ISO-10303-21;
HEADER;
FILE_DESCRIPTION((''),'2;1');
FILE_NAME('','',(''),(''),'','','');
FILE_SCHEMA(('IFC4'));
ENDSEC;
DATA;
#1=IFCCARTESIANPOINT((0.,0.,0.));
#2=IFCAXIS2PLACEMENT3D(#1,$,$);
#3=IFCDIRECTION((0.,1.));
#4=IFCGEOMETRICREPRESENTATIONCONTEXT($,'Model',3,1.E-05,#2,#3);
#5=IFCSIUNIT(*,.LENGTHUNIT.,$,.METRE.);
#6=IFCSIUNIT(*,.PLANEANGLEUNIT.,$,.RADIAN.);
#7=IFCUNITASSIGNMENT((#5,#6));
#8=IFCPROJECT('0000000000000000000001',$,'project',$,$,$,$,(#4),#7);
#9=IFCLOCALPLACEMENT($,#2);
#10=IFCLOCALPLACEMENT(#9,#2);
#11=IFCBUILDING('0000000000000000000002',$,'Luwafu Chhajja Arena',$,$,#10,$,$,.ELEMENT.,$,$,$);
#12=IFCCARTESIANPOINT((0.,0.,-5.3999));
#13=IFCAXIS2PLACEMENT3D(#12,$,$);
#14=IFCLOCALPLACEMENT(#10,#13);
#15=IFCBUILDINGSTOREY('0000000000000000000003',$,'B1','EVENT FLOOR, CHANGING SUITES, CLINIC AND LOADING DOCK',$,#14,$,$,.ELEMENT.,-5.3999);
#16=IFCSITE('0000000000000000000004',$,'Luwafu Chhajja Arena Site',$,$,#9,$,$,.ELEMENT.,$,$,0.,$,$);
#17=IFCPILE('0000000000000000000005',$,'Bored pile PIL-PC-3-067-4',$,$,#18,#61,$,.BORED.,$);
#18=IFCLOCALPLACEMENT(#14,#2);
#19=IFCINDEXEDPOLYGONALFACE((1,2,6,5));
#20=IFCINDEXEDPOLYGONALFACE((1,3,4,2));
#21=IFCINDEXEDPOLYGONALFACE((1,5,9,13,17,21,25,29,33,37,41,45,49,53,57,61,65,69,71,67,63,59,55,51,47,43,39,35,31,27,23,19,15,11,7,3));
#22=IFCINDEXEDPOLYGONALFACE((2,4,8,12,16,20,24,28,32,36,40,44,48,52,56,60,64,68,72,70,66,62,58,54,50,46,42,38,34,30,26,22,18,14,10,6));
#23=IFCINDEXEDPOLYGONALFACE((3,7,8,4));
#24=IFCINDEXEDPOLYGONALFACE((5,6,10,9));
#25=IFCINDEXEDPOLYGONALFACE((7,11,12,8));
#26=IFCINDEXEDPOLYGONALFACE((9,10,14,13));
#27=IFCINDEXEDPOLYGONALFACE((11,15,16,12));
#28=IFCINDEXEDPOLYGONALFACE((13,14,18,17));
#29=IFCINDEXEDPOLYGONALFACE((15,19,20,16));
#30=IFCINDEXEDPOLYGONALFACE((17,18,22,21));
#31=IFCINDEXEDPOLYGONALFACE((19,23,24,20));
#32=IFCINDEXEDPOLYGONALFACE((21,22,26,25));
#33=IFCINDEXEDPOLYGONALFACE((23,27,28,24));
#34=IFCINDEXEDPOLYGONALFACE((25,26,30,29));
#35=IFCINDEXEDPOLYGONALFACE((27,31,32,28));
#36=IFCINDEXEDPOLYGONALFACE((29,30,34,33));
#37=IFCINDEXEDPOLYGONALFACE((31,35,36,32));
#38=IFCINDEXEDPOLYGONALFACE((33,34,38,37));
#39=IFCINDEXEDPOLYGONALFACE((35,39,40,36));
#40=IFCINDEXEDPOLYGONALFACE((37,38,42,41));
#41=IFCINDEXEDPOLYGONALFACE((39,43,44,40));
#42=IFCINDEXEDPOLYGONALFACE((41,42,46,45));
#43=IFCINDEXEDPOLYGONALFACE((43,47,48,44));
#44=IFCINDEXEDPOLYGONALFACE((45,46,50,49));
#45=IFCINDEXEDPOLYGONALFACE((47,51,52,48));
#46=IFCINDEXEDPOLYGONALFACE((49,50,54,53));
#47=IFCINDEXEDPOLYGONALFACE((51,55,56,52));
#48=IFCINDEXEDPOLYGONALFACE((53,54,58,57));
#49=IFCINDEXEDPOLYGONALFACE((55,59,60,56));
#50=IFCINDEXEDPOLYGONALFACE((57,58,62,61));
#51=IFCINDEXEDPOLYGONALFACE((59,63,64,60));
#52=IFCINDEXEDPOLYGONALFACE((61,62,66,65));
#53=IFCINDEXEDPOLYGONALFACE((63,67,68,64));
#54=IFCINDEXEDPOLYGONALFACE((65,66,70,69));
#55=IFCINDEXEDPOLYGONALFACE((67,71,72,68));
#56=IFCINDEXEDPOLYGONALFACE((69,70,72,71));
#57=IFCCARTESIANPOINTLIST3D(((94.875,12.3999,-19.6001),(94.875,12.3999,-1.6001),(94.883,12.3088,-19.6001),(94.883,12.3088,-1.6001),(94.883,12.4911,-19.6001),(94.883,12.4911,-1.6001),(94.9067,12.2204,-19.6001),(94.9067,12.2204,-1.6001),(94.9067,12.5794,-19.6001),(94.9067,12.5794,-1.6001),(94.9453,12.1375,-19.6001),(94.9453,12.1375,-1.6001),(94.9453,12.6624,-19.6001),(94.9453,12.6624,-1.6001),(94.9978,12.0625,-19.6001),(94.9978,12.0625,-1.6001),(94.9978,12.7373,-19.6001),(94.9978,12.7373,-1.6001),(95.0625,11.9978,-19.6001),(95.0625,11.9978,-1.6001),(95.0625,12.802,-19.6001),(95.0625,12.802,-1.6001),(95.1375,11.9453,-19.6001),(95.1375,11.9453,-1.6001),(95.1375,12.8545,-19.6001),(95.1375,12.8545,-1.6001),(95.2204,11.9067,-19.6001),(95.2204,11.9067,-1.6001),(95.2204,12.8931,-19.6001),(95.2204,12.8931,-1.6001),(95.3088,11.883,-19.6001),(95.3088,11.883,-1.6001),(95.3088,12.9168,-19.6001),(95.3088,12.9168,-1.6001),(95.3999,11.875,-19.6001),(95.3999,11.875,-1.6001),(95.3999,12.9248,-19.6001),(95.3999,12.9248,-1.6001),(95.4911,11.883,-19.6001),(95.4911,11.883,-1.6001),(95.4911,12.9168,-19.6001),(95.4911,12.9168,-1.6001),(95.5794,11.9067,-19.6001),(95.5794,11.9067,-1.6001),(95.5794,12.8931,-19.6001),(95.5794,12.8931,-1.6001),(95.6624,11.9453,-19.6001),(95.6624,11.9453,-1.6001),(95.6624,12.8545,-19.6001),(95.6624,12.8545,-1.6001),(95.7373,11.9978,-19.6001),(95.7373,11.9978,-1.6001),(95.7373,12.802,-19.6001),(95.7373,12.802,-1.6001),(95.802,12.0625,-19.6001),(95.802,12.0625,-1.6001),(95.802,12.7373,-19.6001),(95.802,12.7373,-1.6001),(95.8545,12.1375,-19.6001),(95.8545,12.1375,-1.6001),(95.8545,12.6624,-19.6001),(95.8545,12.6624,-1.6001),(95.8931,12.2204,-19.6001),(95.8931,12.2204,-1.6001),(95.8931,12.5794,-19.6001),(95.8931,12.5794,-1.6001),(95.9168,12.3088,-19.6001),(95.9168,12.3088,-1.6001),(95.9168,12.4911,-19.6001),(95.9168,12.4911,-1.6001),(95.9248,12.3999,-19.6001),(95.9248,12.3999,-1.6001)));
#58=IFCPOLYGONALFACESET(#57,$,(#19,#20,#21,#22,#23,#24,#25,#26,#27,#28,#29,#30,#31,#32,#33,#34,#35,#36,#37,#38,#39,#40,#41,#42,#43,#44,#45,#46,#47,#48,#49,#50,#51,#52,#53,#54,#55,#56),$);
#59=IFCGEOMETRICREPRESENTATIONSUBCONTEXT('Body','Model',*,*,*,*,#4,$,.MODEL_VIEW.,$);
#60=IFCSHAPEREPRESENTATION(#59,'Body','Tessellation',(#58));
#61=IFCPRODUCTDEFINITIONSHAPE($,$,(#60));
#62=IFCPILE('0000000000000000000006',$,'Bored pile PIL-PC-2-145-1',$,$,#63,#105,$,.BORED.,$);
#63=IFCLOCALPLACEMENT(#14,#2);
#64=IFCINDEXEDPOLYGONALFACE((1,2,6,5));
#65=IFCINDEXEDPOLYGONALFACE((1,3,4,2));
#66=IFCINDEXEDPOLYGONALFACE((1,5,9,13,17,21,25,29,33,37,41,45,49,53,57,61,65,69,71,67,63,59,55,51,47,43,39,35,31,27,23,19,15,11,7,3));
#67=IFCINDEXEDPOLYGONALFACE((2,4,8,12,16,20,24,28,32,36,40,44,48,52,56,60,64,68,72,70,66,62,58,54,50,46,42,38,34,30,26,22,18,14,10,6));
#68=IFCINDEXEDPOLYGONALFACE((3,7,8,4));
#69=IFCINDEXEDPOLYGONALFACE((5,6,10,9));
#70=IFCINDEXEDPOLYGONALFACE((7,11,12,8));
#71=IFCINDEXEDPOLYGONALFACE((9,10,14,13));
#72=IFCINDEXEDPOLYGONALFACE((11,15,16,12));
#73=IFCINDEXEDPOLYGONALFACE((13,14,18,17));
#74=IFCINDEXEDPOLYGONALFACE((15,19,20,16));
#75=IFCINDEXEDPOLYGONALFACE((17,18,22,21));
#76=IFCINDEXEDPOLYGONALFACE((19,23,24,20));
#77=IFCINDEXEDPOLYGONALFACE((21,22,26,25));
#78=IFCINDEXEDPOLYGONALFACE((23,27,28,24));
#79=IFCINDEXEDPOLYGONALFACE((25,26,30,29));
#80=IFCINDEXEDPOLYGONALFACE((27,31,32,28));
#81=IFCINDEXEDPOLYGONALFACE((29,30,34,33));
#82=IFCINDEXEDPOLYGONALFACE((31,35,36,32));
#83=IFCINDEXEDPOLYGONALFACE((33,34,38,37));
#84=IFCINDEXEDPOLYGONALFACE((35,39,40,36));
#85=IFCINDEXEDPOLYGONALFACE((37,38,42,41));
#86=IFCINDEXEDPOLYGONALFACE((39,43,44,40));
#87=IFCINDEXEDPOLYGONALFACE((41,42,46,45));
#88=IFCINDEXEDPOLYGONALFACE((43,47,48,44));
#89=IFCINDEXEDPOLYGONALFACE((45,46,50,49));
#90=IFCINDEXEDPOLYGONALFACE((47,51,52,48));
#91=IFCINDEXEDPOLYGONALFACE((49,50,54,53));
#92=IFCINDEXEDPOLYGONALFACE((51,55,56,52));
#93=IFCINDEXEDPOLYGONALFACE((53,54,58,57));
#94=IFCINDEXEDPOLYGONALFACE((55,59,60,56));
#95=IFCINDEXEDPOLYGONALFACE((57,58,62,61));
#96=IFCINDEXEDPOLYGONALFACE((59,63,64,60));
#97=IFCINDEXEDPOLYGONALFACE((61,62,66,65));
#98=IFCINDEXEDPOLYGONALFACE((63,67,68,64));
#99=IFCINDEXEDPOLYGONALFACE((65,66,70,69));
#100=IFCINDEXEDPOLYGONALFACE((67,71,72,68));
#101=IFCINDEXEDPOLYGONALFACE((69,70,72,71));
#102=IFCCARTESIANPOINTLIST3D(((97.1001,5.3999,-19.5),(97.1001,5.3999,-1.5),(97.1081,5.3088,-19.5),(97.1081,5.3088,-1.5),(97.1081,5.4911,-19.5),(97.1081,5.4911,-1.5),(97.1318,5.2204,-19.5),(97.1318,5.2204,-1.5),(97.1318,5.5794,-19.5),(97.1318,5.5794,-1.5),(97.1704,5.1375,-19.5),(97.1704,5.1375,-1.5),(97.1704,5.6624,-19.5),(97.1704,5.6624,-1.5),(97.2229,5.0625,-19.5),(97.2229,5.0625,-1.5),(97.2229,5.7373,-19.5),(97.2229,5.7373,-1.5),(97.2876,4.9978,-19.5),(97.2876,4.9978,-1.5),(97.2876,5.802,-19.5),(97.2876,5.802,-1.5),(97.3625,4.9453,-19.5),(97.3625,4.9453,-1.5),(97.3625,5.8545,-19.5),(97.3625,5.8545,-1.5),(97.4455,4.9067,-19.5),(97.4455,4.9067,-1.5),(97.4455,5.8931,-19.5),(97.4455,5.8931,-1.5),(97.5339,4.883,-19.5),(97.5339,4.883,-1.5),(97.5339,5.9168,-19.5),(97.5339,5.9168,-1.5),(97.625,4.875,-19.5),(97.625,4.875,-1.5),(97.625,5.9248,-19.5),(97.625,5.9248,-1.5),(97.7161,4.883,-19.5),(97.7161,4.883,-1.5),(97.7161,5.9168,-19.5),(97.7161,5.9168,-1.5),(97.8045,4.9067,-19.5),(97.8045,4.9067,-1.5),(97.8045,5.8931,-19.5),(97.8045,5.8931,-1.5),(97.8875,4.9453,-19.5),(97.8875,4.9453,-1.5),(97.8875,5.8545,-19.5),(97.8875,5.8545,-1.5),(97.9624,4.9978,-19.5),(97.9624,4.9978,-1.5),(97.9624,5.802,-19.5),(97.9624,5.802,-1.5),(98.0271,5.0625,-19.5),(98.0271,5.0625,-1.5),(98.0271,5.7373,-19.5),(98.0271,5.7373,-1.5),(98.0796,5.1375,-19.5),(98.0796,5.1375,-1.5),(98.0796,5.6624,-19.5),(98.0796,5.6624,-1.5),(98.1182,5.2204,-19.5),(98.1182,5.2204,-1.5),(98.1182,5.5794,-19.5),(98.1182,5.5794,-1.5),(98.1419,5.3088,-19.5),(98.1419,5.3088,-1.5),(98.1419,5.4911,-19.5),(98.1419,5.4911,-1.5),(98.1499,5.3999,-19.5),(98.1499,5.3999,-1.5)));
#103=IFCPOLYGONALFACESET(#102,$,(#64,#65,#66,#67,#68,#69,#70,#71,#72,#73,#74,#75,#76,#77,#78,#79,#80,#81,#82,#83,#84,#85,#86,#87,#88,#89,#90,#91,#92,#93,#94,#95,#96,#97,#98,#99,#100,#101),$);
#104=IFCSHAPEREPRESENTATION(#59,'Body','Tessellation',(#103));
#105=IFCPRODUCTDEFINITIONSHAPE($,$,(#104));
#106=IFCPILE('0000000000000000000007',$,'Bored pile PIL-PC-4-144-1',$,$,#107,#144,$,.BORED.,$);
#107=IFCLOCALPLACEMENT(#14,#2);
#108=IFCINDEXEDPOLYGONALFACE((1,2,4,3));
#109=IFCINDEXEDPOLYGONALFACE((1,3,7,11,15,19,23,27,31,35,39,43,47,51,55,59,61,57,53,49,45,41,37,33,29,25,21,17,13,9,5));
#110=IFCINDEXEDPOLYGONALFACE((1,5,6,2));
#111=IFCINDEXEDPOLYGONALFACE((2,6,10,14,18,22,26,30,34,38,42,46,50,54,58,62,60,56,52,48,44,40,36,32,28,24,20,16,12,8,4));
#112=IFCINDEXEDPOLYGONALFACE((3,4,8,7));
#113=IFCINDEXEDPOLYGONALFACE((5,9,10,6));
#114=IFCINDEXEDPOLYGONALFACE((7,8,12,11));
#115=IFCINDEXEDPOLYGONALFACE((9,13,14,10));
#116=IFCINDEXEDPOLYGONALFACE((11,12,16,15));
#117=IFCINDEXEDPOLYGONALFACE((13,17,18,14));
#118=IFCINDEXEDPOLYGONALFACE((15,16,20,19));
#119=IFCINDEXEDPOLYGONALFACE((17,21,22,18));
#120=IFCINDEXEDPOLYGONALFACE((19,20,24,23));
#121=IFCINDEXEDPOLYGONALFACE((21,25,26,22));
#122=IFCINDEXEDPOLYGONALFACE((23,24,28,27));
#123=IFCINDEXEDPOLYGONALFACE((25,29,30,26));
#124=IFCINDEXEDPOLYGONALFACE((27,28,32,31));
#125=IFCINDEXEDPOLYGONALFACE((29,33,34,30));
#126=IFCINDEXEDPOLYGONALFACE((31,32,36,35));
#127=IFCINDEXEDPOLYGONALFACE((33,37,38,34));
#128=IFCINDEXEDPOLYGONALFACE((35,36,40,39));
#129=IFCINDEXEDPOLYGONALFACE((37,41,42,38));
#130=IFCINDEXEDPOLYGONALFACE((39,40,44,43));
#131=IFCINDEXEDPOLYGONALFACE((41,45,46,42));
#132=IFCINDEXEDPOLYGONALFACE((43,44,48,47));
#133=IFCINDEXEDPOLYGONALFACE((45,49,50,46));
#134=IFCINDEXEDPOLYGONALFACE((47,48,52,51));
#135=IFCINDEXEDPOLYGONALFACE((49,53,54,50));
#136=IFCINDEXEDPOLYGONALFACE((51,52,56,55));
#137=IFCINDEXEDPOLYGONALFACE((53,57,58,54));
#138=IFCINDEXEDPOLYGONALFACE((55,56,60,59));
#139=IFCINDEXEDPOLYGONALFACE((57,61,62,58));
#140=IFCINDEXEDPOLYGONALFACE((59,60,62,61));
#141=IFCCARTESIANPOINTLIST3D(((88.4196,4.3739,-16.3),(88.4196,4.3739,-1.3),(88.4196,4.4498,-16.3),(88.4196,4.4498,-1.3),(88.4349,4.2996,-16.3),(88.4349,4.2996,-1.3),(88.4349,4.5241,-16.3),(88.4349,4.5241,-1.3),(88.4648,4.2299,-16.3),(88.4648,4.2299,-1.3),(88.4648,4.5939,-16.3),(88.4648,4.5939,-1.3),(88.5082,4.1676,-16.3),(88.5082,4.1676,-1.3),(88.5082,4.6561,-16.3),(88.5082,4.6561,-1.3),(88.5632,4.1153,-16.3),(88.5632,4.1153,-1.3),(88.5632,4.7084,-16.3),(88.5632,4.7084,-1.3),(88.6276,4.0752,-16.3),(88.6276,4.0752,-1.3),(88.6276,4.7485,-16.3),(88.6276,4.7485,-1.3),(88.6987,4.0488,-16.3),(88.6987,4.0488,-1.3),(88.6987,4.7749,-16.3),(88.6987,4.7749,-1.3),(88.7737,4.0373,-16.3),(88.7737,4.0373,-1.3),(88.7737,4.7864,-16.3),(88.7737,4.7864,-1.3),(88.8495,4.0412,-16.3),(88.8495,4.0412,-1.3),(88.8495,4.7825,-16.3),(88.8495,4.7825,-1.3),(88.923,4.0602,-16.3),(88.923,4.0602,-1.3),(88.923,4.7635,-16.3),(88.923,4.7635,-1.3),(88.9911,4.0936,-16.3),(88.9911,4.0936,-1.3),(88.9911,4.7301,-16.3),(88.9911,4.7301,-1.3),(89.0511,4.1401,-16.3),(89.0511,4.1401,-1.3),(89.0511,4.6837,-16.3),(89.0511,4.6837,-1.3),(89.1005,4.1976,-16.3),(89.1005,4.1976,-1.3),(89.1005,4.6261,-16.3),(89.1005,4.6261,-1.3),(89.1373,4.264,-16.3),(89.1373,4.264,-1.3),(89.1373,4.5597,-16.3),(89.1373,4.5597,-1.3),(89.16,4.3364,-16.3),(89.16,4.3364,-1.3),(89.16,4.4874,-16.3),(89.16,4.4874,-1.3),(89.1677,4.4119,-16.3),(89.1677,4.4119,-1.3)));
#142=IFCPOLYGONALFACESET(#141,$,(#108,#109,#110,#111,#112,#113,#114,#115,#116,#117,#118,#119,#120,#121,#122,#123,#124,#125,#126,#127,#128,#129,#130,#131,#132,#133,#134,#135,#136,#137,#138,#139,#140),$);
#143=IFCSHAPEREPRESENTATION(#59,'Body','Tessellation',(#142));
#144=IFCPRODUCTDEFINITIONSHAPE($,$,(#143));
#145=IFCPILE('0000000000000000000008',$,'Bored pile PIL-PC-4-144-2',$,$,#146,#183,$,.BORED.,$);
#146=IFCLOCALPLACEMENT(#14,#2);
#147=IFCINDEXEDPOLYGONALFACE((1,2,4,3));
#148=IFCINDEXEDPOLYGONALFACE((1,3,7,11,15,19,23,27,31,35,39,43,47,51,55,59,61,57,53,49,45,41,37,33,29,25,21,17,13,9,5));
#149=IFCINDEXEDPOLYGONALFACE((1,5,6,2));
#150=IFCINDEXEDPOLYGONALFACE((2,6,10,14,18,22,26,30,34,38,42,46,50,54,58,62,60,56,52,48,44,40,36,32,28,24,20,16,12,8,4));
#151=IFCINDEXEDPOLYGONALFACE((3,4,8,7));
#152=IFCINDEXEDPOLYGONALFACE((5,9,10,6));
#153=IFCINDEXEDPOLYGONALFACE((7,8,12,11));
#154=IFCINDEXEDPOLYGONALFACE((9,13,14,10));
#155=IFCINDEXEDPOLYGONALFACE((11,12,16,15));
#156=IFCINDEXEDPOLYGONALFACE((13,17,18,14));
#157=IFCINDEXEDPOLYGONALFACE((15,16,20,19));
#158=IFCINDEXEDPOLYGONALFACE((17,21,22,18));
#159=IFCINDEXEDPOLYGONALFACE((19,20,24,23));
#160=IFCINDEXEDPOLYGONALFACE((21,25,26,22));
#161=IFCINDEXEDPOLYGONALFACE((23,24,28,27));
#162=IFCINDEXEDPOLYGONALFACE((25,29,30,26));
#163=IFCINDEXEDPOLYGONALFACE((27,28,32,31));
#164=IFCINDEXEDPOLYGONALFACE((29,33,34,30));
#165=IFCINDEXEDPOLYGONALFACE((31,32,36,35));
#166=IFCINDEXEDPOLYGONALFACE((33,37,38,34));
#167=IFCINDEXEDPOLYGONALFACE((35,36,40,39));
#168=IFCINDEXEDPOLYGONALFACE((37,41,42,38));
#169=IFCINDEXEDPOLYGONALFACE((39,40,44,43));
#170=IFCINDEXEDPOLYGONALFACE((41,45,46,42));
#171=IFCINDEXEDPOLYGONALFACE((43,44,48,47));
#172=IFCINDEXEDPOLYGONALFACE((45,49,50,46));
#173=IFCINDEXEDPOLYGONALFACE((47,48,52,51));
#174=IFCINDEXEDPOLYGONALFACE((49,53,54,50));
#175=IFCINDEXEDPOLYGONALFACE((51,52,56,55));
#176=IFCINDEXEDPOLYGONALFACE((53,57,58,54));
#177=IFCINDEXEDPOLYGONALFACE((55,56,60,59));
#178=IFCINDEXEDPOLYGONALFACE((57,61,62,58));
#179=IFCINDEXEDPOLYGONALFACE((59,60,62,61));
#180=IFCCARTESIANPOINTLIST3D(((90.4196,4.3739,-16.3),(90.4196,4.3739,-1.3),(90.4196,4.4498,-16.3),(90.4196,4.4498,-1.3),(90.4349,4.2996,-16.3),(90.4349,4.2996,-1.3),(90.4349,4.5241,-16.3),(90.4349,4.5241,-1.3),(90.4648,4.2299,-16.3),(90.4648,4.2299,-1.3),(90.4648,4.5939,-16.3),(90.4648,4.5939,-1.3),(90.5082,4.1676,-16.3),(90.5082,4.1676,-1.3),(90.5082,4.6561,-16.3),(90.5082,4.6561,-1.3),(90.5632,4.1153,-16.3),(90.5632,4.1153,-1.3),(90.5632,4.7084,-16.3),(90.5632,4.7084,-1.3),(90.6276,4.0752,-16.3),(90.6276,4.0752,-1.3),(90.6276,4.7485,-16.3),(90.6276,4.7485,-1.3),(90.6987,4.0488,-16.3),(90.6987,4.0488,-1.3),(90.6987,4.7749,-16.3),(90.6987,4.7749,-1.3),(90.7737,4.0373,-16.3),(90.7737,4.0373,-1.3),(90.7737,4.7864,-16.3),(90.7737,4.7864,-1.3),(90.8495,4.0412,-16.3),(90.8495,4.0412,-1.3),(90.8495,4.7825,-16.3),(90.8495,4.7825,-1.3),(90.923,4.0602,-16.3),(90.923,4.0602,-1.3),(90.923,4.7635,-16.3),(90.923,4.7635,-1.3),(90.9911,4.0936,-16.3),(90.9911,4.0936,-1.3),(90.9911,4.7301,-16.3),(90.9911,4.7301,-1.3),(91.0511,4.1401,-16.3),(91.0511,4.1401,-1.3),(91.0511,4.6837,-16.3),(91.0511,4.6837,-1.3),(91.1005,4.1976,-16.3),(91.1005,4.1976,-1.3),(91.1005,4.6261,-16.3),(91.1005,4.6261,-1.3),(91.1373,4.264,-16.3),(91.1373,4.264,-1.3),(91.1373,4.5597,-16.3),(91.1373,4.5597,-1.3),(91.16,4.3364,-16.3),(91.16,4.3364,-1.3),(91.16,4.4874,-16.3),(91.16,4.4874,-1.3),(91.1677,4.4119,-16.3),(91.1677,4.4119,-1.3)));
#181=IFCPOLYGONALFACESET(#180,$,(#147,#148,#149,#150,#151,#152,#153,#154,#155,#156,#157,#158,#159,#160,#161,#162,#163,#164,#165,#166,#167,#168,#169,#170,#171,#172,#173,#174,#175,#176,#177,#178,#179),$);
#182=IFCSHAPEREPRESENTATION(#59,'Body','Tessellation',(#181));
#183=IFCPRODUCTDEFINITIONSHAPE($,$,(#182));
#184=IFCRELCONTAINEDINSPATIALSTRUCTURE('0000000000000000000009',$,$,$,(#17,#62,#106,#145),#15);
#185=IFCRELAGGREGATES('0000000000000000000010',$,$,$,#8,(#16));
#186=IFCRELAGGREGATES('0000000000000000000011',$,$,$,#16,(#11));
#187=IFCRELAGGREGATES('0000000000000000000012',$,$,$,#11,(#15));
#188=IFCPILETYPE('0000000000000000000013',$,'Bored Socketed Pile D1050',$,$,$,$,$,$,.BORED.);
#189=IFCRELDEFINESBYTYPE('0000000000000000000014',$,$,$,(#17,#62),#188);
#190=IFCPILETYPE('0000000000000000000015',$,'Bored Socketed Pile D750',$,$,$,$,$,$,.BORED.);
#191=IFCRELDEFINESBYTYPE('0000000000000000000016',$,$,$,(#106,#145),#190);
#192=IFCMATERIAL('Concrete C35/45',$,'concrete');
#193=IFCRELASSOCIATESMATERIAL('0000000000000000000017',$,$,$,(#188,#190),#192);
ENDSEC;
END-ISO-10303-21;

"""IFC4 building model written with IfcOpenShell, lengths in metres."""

from ifc_helpers import new_model, si_unit, direction, frame, origin, origin_2d, place, context, subcontext, project, spatial, circle, extrude, material, material_profile, profile_set, type_object, element, save


model = new_model("IFC4")

# Units and contexts
model_context = context("Model", 3, precision=1e-05, world=origin(), true_north=direction((0.0, 1.0)))
body_context = subcontext(model_context, "Body", "Model", "MODEL_VIEW")
ifc_project = project(units=[si_unit("LENGTHUNIT", "METRE"), si_unit("PLANEANGLEUNIT", "RADIAN")], contexts=[model_context])

# Site, building, storey
site_placement = place(None, origin())
site = spatial("IfcSite", under=ifc_project, at=site_placement, Name="Luwafu Chhajja Arena Site", CompositionType="ELEMENT", RefElevation=0.0)
building_placement = place(site_placement, origin())
building = spatial("IfcBuilding", under=site, at=building_placement, Name="Luwafu Chhajja Arena", CompositionType="ELEMENT")
storey_placement = place(building_placement, frame((0.0, 0.0, -5.3999)))
storey = spatial("IfcBuildingStorey", under=building, at=storey_placement, Name="B1", Description="EVENT FLOOR, CHANGING SUITES, CLINIC AND LOADING DOCK", CompositionType="ELEMENT", Elevation=-5.3999)

# Shared definitions
ifc_material_1 = material(Name="Concrete C35/45", Category="concrete")

# Piles
ifc_material_profile_1 = material_profile(ifc_material_1, circle(Radius=0.5249, at=origin_2d()), Name="PILE D1050")
ifc_profile_set_1 = profile_set([ifc_material_profile_1], Name="Concrete C35/45")
pile_type_1 = type_object("IfcPileType", Name="Bored Socketed Pile D1050", PredefinedType="BORED", material=ifc_profile_set_1)
for number, where, z_axis, x_axis, name in (
    (1, (95.3999, 12.3999, -1.6001), (0.0, 0.0, -1.0), (1.0, 0.0, 0.0), "Bored pile PIL-PC-3-067-4"),
    (2, (97.625, 5.3999, -1.5), (0.0, 0.0, -1.0), (1.0, 0.0, 0.0), "Bored pile PIL-PC-2-145-1"),
):
    element("IfcPile", number, at=place(storey_placement, frame(where, z_axis=z_axis, x_axis=x_axis)), inside=storey, type_object=pile_type_1, Name=name, PredefinedType="BORED", context=body_context, shape_type="SweptSolid", body=[
        extrude(circle(Radius=0.5249, at=origin_2d()), origin(), (0.0, 0.0, 1.0), 18.0),
    ])
ifc_material_profile_2 = material_profile(ifc_material_1, circle(Radius=0.375, at=origin_2d()), Name="PILE D750")
ifc_profile_set_2 = profile_set([ifc_material_profile_2], Name="Concrete C35/45")
pile_type_2 = type_object("IfcPileType", Name="Bored Socketed Pile D750", PredefinedType="BORED", material=ifc_profile_set_2)
for number, where, z_axis, x_axis, name in (
    (3, (88.7927, 4.4119, -1.3), (0.0, 0.0, -1.0), (1.0, 0.0, 0.0), "Bored pile PIL-PC-4-144-1"),
    (4, (90.7927, 4.4119, -1.3), (0.0, 0.0, -1.0), (1.0, 0.0, 0.0), "Bored pile PIL-PC-4-144-2"),
):
    element("IfcPile", number, at=place(storey_placement, frame(where, z_axis=z_axis, x_axis=x_axis)), inside=storey, type_object=pile_type_2, Name=name, PredefinedType="BORED", context=body_context, shape_type="SweptSolid", body=[
        extrude(circle(Radius=0.375, at=origin_2d()), origin(), (0.0, 0.0, 1.0), 15.0),
    ])

save(model, "model.ifc")
